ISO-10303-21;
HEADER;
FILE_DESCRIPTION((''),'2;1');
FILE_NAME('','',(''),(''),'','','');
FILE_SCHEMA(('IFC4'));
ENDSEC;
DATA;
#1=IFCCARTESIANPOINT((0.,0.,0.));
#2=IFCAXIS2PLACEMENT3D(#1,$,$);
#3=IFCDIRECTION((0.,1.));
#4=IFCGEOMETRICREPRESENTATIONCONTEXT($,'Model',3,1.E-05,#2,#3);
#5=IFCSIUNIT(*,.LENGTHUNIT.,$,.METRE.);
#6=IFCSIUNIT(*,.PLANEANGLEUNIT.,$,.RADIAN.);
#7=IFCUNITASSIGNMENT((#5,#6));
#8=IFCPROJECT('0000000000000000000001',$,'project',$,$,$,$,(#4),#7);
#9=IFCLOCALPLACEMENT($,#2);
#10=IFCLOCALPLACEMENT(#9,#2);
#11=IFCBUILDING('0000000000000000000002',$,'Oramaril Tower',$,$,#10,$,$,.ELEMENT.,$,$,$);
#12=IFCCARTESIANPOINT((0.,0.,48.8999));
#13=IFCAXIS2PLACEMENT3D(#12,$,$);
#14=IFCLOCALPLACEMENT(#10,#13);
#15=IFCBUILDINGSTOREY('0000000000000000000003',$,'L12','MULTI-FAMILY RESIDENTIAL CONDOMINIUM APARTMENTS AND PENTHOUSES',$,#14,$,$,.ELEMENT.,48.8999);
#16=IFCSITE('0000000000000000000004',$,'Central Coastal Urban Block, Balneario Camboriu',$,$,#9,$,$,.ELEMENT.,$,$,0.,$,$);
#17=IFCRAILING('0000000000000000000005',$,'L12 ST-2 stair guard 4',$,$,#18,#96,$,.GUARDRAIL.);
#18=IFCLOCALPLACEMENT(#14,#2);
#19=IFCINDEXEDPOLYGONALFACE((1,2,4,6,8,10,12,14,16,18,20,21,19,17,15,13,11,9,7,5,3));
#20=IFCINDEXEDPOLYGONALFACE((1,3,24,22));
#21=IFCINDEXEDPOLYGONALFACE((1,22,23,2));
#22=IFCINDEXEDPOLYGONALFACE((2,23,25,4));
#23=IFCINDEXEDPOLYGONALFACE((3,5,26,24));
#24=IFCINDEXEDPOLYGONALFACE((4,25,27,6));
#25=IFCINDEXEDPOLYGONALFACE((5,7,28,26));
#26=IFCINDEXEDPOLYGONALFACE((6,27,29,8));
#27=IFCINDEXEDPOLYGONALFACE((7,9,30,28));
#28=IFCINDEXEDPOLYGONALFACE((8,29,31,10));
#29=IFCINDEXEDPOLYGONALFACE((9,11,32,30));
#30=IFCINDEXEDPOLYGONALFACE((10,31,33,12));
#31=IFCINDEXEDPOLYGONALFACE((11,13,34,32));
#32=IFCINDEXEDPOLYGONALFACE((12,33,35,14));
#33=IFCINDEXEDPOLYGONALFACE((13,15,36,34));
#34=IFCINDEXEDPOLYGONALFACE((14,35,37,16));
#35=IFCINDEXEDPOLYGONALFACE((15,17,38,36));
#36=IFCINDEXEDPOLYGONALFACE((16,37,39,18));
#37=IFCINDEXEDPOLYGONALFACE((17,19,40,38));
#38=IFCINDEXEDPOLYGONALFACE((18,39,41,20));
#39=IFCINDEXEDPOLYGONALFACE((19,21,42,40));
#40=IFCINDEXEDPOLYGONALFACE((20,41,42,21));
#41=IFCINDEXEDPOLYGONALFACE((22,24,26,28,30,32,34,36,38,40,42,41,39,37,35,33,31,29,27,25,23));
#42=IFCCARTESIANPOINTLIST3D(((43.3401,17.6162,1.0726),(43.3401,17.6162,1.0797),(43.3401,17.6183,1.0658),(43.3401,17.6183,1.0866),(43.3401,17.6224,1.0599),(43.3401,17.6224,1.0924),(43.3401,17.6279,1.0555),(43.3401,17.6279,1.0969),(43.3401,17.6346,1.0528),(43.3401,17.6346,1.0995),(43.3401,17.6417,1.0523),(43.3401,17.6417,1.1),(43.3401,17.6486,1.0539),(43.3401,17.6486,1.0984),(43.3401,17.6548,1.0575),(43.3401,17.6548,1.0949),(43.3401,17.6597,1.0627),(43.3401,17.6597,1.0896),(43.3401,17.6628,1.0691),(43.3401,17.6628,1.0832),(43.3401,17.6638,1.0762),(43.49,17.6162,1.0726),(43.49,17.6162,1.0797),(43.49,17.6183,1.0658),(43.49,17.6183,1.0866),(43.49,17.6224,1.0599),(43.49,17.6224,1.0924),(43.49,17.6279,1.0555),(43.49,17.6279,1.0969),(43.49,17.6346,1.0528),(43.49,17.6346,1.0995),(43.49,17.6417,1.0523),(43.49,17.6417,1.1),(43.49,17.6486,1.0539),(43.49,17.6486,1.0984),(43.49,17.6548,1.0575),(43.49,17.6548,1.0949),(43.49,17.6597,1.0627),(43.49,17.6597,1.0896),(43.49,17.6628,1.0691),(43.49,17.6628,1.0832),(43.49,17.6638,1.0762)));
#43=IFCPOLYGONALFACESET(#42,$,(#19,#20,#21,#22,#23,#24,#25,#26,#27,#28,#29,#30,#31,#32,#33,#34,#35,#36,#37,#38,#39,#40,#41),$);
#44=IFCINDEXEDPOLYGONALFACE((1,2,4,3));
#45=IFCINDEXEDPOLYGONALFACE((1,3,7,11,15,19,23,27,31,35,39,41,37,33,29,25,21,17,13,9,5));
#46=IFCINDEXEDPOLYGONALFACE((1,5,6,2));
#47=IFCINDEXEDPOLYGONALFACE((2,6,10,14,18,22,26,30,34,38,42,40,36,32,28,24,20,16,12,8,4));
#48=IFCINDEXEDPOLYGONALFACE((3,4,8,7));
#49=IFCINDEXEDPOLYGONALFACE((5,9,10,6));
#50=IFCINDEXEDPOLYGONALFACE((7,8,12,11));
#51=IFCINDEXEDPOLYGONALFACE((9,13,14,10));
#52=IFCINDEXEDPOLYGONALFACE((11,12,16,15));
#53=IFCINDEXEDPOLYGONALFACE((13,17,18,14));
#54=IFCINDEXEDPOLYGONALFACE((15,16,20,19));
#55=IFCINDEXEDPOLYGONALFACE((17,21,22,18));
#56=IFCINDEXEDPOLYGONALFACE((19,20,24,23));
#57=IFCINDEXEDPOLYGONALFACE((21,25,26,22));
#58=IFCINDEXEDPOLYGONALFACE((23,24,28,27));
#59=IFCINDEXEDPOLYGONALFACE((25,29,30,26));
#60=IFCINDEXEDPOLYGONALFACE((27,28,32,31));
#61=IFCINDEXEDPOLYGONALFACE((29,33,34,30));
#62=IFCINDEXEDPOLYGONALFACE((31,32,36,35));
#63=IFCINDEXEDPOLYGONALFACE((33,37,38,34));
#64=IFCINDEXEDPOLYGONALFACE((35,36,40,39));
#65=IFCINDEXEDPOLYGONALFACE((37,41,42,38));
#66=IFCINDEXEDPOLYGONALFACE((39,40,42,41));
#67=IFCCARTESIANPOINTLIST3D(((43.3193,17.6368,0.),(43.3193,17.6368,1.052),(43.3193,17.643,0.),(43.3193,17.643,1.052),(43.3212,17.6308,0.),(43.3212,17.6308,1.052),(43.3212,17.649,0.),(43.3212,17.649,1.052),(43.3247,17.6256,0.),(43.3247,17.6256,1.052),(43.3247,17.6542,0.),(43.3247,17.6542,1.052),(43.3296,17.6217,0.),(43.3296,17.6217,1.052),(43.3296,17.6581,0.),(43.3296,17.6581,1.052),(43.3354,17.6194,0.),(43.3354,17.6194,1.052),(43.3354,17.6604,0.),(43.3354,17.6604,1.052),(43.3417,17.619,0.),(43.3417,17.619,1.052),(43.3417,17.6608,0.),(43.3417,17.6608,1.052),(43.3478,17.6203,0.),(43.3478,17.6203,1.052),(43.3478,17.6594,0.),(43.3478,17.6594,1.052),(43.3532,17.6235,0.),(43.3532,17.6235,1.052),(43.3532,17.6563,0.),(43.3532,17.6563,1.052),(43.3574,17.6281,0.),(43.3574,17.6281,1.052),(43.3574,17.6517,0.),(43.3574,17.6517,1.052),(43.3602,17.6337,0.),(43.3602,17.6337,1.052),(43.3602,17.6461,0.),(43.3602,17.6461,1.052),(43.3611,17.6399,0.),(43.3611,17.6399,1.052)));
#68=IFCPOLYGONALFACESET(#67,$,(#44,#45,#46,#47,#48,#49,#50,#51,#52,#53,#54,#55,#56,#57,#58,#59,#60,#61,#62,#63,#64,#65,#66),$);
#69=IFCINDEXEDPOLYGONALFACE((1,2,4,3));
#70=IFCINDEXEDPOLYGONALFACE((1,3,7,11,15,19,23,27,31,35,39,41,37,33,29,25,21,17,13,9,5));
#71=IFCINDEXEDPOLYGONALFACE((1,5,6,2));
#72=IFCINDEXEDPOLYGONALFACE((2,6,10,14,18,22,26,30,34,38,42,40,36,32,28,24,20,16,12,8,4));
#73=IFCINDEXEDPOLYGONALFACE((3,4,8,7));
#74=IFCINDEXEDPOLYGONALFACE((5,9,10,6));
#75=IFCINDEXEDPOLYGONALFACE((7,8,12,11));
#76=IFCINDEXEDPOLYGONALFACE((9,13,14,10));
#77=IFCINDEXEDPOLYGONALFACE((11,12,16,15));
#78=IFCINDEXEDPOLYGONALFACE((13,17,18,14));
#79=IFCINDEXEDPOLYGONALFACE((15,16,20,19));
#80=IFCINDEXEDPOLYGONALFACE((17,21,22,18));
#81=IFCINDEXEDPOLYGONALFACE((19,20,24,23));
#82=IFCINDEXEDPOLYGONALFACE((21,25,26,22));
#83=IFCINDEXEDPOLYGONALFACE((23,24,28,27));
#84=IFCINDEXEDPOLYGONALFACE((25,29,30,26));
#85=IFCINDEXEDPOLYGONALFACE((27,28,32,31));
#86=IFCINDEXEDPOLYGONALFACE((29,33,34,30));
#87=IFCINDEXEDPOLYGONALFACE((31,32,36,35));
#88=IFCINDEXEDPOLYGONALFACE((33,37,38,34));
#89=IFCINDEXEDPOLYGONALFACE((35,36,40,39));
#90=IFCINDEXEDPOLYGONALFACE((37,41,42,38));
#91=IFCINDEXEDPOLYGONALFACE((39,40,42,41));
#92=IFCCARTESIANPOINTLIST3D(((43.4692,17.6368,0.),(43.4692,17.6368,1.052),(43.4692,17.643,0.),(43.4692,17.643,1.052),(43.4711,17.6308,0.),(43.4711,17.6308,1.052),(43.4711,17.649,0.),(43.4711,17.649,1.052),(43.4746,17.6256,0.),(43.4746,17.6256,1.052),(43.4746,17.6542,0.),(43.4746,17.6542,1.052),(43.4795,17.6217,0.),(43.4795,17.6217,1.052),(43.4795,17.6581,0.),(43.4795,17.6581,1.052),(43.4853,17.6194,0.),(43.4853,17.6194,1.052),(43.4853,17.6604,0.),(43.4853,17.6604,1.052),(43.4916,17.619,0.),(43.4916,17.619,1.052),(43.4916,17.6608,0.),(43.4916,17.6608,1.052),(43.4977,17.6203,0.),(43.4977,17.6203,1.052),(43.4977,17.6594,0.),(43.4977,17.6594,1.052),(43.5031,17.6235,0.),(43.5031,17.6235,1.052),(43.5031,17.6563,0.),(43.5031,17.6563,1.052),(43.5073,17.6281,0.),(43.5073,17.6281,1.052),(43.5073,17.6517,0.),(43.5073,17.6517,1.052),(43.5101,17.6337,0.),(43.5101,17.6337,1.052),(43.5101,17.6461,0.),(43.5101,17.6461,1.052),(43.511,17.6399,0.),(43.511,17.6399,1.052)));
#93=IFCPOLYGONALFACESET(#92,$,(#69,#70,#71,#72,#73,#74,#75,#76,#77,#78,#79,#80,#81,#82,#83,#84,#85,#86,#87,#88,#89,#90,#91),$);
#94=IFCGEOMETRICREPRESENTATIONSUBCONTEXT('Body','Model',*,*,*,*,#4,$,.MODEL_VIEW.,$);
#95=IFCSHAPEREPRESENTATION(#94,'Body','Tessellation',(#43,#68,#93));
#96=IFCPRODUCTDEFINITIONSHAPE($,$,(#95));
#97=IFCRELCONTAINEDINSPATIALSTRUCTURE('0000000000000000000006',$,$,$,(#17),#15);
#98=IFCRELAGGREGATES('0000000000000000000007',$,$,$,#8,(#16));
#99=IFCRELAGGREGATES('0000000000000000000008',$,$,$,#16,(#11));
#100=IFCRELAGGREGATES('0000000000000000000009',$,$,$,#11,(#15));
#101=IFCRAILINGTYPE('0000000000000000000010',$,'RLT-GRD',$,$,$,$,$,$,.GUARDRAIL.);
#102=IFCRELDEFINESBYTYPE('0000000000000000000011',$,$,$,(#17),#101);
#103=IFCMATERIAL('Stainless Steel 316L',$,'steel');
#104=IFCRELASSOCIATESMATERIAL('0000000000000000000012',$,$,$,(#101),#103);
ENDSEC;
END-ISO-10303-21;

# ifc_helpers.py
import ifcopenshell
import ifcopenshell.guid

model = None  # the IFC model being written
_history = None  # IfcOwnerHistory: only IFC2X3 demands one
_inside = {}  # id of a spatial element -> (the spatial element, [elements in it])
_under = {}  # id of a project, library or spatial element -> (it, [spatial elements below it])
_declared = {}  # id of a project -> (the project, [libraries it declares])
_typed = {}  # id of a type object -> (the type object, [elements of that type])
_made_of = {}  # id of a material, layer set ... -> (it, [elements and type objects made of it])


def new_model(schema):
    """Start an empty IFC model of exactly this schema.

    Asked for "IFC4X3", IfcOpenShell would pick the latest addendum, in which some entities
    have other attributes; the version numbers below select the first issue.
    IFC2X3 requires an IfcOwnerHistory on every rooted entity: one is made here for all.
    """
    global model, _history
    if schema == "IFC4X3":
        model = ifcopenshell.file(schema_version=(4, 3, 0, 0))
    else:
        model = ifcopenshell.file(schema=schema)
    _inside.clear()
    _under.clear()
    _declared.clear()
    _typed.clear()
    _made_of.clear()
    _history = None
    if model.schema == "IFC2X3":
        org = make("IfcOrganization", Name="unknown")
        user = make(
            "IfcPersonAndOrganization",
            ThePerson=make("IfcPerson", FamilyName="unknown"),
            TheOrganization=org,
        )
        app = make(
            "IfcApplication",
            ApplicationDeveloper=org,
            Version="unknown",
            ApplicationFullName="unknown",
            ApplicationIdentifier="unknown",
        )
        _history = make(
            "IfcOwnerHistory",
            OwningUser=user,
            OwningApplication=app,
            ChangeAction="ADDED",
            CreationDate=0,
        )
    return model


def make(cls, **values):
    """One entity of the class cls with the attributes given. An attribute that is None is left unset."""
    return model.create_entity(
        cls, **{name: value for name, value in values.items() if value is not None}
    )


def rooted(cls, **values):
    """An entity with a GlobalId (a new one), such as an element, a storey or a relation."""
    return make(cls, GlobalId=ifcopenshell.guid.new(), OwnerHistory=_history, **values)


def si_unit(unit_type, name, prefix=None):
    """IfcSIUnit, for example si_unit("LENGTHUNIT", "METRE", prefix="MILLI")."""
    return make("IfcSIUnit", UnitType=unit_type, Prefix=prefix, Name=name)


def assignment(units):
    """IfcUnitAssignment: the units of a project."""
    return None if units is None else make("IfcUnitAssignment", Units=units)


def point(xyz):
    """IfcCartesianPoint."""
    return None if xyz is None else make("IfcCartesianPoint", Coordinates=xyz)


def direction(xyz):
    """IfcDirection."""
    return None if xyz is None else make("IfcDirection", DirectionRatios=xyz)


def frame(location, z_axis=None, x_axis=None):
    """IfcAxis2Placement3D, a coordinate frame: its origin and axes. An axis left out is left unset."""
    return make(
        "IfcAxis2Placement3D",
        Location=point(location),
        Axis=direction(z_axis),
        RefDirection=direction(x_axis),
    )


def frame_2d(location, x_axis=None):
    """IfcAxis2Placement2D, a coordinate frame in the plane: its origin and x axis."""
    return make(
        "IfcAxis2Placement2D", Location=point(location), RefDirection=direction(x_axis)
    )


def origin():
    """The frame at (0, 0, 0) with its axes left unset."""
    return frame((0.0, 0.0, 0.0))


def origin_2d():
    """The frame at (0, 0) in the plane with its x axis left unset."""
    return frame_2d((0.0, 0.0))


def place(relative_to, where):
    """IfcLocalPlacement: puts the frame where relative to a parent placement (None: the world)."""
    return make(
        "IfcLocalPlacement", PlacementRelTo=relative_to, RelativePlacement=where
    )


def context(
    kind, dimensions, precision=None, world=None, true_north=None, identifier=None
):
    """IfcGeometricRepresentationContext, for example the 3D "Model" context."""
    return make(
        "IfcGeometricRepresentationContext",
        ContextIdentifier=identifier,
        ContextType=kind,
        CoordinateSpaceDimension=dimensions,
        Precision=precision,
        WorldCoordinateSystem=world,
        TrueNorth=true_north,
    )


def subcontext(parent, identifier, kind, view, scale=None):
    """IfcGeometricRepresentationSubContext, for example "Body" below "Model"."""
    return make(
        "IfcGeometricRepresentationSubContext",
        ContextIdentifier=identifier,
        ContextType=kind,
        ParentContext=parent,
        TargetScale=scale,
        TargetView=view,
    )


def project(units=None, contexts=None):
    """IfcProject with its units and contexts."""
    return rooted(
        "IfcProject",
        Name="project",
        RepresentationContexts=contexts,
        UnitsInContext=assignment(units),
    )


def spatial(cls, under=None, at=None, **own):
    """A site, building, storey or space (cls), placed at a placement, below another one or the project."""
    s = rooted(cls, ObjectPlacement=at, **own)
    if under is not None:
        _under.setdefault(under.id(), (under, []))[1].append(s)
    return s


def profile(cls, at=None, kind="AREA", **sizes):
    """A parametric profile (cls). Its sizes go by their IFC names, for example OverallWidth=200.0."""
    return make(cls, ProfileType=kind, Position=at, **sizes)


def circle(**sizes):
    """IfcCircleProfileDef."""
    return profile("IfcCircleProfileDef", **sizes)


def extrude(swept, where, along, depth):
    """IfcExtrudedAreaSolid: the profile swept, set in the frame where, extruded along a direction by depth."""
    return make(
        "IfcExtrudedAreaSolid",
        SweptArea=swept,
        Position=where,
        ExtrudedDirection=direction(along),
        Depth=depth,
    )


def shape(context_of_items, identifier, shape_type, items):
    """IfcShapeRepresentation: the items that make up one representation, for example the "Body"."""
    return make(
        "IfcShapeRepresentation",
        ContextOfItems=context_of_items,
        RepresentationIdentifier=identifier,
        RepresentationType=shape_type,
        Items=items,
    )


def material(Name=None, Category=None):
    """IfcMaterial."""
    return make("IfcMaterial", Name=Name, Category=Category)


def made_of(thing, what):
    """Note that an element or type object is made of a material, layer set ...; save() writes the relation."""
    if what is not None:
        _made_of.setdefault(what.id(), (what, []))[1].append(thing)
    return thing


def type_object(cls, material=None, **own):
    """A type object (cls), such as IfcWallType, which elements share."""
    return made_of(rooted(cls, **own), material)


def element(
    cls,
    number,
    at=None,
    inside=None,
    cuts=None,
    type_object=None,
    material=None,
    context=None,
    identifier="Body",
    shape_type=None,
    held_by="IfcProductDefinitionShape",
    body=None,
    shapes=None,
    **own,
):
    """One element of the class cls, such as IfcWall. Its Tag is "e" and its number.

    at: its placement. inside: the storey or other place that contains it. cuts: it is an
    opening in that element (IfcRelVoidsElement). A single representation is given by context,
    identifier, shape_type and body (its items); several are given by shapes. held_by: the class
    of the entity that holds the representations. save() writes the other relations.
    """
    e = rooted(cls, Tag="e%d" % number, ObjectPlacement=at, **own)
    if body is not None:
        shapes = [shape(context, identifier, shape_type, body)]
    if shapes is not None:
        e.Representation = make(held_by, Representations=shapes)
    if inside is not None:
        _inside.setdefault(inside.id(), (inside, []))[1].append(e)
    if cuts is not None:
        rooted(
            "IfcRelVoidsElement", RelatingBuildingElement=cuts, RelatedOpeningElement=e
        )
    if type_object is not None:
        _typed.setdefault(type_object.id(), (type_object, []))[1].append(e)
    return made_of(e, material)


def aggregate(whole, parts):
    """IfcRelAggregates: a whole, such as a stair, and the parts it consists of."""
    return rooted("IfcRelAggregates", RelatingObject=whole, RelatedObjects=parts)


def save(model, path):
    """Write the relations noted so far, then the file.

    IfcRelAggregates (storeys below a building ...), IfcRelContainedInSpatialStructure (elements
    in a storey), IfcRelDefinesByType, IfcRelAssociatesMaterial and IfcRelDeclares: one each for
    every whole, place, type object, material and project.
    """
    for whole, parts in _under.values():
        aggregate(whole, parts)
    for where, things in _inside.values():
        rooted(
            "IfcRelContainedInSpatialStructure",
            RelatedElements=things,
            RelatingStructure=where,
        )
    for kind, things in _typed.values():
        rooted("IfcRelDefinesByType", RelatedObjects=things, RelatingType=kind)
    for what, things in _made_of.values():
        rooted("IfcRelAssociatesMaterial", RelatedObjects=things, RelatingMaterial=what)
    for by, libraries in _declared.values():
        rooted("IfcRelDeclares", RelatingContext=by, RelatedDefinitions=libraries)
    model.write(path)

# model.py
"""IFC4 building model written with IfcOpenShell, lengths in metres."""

from ifc_helpers import new_model, si_unit, direction, frame, origin, origin_2d, place, context, subcontext, project, spatial, circle, extrude, material, type_object, element, save


model = new_model("IFC4")

# Units and contexts
model_context = context("Model", 3, precision=1e-05, world=origin(), true_north=direction((0.0, 1.0)))
body_context = subcontext(model_context, "Body", "Model", "MODEL_VIEW")
ifc_project = project(units=[si_unit("LENGTHUNIT", "METRE"), si_unit("PLANEANGLEUNIT", "RADIAN")], contexts=[model_context])

# Site, building, storey
site_placement = place(None, origin())
site = spatial("IfcSite", under=ifc_project, at=site_placement, Name="Central Coastal Urban Block, Balneario Camboriu", CompositionType="ELEMENT", RefElevation=0.0)
building_placement = place(site_placement, origin())
building = spatial("IfcBuilding", under=site, at=building_placement, Name="Oramaril Tower", CompositionType="ELEMENT")
storey_placement = place(building_placement, frame((0.0, 0.0, 48.8999)))
storey = spatial("IfcBuildingStorey", under=building, at=storey_placement, Name="L12", Description="MULTI-FAMILY RESIDENTIAL CONDOMINIUM APARTMENTS AND PENTHOUSES", CompositionType="ELEMENT", Elevation=48.8999)

# Railing
ifc_material_1 = material(Name="Stainless Steel 316L", Category="steel")
railing_type_1 = type_object("IfcRailingType", Name="RLT-GRD", PredefinedType="GUARDRAIL", material=ifc_material_1)
railing_1_placement = place(storey_placement, frame((43.3401, 17.6399, 0.0)))
element("IfcRailing", 1, at=railing_1_placement, inside=storey, type_object=railing_type_1, Name="L12 ST-2 stair guard 4", PredefinedType="GUARDRAIL", context=body_context, shape_type="SweptSolid", body=[
    extrude(circle(Radius=0.0239, at=origin_2d()), frame((0.0, 0.0, 1.0762), z_axis=(1.0, 0.0, 0.0), x_axis=(0.0, 1.0, 0.0)), (0.0, 0.0, 1.0), 0.1499),
    extrude(circle(Radius=0.021, at=origin_2d()), origin(), (0.0, 0.0, 1.0), 1.052),
    extrude(circle(Radius=0.021, at=origin_2d()), frame((0.1499, 0.0, 0.0)), (0.0, 0.0, 1.0), 1.052),
])

save(model, "model.ifc")
